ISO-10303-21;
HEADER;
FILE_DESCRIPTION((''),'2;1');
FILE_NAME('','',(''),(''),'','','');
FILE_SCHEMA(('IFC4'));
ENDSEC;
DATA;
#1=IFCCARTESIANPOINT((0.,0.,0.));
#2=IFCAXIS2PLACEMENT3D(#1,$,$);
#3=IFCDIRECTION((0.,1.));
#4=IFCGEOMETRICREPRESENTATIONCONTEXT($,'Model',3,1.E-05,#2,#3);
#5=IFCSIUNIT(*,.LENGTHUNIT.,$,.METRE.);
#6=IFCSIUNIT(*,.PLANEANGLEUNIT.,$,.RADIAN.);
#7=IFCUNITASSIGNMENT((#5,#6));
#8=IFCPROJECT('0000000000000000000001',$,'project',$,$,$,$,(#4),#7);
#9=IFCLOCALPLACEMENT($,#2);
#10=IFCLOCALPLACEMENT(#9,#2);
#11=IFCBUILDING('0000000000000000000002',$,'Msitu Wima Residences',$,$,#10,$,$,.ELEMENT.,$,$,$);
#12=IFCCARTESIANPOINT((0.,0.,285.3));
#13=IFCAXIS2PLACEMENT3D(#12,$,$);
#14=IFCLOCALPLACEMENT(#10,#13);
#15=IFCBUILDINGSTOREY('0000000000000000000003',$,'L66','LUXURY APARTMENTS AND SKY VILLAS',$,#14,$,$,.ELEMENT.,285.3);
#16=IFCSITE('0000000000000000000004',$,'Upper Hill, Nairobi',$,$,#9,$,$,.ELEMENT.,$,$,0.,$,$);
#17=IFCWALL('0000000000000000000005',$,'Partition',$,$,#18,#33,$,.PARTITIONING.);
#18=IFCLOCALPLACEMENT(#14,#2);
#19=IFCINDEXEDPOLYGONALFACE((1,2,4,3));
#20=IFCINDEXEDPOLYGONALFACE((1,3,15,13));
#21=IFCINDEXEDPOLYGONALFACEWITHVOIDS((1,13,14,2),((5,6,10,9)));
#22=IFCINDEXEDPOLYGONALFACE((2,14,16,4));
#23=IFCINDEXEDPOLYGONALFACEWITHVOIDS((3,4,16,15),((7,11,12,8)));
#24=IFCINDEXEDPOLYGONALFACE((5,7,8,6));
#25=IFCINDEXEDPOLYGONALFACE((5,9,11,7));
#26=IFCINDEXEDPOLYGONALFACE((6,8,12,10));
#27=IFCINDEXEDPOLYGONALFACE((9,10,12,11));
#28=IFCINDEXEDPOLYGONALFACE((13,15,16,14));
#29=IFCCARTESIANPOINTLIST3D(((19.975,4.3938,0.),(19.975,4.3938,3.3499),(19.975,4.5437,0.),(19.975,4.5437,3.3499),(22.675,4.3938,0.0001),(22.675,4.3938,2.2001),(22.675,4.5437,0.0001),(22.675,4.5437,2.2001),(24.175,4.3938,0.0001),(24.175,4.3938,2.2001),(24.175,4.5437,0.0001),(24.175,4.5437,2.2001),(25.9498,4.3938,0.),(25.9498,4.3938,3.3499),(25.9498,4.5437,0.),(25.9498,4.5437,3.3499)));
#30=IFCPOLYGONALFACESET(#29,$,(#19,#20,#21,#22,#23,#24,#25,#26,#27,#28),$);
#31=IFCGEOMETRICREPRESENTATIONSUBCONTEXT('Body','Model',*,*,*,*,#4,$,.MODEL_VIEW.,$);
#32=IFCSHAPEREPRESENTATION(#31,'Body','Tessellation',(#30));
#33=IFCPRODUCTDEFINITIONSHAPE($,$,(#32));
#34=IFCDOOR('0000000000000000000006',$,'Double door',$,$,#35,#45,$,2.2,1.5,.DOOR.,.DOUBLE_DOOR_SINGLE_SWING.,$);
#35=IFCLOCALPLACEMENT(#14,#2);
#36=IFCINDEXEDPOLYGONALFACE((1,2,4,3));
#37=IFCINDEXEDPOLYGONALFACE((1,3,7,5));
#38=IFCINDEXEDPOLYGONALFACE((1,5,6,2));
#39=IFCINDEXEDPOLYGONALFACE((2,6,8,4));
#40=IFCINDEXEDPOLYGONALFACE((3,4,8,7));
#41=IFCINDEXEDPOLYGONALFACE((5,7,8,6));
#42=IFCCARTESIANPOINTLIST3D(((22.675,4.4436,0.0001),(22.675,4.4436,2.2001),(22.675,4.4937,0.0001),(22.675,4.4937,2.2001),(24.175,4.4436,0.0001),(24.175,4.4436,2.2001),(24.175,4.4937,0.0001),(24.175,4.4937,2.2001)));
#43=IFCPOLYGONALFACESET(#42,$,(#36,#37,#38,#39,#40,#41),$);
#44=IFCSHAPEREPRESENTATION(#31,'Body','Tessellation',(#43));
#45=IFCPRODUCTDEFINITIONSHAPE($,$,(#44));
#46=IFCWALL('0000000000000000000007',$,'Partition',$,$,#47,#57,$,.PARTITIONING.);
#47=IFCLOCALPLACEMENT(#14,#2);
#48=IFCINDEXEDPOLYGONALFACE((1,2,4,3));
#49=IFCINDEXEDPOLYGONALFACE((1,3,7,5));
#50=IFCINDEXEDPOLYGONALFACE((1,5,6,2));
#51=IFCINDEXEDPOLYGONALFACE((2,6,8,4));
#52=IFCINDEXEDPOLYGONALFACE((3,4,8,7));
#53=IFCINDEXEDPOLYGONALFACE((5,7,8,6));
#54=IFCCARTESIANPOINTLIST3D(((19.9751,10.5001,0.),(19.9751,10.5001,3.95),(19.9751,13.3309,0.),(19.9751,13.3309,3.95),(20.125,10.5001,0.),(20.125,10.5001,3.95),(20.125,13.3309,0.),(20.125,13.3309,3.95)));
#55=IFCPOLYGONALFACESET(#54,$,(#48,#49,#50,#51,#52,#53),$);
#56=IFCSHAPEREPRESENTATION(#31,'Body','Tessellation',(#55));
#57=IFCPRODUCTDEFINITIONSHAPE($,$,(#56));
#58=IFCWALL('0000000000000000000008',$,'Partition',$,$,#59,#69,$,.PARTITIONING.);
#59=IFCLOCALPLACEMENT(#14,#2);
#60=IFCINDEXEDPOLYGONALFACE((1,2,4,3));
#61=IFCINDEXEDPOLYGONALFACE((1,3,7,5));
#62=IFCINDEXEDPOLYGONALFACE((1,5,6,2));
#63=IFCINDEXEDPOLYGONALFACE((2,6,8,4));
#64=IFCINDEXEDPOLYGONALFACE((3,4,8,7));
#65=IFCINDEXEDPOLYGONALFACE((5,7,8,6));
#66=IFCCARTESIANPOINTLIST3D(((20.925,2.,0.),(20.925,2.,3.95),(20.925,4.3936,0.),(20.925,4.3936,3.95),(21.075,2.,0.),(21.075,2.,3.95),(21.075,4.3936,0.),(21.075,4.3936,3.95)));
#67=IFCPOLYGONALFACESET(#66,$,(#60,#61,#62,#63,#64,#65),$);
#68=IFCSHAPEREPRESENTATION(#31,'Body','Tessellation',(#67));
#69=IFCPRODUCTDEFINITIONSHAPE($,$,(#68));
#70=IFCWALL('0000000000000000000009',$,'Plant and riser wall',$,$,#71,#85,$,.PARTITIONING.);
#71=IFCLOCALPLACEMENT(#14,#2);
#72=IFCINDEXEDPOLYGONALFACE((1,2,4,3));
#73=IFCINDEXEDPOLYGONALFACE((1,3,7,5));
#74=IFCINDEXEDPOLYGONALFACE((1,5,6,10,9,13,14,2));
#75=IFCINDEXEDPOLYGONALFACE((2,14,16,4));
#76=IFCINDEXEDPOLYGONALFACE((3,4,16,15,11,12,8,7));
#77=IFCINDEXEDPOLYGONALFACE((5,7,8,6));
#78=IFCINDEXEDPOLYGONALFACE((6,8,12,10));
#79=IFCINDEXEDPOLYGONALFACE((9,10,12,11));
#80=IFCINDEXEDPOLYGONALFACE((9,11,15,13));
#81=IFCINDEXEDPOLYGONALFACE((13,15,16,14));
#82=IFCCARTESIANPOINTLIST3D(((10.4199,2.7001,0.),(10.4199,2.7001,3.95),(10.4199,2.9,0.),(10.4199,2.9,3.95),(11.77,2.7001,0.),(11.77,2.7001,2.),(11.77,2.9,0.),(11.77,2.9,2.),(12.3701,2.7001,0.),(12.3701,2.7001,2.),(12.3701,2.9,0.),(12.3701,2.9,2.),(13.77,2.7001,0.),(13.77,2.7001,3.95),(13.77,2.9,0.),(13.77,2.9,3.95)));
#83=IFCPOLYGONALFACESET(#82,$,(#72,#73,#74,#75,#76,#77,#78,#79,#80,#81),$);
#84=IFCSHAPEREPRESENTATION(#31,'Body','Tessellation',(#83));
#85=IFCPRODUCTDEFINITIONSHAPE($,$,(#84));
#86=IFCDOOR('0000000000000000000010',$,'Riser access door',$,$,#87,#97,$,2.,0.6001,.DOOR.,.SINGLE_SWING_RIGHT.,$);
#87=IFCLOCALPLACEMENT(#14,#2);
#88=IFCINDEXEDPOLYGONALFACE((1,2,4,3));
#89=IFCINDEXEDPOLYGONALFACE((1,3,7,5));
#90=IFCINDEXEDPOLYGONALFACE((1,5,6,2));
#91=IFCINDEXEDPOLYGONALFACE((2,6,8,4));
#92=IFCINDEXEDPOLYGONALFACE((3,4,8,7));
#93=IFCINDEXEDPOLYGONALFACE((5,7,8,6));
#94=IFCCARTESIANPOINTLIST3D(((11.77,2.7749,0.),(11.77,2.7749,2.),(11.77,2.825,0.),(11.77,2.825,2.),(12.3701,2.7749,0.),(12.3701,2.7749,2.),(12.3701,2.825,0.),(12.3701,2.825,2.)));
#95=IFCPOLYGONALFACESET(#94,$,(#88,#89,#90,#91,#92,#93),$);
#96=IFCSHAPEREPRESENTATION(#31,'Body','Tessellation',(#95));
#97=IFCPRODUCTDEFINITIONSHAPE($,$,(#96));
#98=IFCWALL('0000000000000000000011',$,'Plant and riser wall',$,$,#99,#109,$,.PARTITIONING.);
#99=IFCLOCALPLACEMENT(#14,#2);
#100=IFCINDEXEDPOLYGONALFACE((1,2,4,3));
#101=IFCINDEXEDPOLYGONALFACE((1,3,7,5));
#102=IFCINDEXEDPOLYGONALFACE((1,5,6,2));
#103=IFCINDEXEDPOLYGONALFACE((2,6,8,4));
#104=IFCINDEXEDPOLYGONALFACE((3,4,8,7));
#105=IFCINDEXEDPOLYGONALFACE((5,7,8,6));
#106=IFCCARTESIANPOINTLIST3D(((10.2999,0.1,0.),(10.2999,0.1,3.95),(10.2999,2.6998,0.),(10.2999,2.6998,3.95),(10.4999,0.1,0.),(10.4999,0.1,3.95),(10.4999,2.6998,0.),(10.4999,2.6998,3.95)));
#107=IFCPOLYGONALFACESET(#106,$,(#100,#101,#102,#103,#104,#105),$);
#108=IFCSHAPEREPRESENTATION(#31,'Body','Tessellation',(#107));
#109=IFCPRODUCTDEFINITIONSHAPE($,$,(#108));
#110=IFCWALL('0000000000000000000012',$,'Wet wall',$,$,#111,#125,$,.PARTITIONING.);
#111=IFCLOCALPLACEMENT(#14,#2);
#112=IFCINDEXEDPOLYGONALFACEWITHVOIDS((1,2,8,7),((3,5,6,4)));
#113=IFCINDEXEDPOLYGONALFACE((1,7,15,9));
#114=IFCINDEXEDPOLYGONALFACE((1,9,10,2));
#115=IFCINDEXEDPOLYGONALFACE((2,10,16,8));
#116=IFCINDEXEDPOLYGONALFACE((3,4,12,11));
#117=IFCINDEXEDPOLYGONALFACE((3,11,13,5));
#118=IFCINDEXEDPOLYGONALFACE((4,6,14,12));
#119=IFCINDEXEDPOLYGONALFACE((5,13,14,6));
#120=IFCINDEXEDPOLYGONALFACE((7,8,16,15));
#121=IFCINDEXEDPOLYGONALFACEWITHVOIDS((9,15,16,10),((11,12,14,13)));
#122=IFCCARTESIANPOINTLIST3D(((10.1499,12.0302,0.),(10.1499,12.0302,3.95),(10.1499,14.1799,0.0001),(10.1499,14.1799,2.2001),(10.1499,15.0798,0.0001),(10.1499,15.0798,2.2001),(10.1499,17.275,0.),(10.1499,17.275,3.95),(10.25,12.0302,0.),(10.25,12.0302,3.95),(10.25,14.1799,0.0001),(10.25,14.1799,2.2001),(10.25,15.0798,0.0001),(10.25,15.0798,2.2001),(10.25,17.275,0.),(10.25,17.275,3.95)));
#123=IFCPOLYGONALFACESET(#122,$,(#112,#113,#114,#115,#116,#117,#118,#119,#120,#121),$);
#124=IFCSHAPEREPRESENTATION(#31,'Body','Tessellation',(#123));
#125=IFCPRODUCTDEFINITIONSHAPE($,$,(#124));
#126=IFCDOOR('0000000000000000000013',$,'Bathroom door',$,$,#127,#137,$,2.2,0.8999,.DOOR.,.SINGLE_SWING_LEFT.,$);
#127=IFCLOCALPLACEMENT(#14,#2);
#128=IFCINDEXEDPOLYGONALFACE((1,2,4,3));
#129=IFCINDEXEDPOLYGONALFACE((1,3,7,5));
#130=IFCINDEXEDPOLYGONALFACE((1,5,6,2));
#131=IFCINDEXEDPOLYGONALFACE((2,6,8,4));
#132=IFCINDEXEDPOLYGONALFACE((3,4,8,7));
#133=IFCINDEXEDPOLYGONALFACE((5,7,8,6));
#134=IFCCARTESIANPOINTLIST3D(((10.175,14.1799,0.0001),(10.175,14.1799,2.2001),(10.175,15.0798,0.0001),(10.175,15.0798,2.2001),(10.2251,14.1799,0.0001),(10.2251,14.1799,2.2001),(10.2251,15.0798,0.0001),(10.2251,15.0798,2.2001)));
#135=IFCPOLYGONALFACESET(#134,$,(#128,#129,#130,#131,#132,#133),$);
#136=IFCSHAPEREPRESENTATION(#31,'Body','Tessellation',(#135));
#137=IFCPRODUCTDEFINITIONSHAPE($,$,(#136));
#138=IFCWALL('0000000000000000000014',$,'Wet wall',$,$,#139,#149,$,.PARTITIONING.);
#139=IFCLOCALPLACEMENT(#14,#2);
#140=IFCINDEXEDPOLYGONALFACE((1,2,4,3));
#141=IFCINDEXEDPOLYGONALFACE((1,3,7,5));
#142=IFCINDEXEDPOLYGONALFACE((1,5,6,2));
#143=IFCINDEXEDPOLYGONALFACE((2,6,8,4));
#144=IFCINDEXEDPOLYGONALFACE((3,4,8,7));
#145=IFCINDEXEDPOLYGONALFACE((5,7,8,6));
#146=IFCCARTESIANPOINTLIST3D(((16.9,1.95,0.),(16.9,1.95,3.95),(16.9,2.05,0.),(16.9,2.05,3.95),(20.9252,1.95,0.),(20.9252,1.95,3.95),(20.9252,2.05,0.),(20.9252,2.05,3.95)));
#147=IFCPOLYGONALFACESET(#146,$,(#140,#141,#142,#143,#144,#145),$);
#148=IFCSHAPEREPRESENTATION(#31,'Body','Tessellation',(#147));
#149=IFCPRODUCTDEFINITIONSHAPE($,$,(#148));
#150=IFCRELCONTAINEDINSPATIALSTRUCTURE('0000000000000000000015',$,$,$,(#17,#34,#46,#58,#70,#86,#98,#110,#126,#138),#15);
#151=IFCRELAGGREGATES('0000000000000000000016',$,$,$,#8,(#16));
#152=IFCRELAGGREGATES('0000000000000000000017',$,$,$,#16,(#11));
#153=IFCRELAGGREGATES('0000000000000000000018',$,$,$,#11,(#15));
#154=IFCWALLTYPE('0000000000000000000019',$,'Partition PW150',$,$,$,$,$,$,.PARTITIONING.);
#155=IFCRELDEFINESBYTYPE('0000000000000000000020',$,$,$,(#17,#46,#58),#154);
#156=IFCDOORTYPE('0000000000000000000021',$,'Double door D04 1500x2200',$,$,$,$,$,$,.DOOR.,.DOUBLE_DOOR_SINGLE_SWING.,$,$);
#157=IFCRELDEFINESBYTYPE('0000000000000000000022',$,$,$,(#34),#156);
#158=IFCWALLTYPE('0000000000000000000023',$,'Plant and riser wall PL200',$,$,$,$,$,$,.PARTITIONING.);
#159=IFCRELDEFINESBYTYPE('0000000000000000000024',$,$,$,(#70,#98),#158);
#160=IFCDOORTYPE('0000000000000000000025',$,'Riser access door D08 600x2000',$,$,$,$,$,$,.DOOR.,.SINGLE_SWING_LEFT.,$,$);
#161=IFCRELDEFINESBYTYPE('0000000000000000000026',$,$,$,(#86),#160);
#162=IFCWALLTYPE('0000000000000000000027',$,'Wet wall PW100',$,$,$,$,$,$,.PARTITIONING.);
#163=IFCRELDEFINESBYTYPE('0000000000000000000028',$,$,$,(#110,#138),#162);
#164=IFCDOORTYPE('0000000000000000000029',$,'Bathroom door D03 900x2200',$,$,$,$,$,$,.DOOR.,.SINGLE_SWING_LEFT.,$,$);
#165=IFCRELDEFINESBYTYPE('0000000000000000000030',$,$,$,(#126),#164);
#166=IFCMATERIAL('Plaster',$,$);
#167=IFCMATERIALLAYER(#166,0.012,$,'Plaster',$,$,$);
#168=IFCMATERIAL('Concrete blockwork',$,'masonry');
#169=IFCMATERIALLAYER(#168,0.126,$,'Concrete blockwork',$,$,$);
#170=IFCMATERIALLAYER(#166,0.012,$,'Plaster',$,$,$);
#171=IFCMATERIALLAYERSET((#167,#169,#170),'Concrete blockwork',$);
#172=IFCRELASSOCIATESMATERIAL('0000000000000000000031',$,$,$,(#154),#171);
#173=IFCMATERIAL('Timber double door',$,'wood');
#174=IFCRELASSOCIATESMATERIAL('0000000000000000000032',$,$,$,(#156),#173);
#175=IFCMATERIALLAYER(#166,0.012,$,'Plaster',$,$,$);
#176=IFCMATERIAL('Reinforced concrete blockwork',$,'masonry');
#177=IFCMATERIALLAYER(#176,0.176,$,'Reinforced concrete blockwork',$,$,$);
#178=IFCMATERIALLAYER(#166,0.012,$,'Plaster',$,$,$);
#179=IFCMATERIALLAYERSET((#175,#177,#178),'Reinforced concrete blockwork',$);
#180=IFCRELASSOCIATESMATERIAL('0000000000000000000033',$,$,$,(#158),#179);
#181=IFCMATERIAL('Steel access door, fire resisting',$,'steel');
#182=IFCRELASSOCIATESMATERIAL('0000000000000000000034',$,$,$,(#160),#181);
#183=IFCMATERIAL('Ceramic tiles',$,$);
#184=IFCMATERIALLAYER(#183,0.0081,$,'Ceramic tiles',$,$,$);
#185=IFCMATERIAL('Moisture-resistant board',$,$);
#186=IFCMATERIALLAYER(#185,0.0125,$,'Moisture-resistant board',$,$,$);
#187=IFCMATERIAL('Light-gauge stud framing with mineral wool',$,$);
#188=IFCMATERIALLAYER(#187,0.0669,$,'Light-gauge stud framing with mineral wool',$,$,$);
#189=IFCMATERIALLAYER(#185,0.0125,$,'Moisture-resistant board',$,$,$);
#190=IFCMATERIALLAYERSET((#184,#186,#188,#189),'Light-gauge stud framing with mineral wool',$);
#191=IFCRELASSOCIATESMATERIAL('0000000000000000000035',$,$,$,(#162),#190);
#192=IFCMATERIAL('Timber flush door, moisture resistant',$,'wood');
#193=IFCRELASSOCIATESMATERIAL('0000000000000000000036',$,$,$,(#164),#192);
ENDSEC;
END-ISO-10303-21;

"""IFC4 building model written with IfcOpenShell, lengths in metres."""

from ifc_helpers import new_model, si_unit, direction, frame, frame_2d, origin, place, context, subcontext, project, spatial, rectangle, extrude, material, layer, layer_set, type_object, element, fill, save


model = new_model("IFC4")

# Units and contexts
model_context = context("Model", 3, precision=1e-05, world=origin(), true_north=direction((0.0, 1.0)))
body_context = subcontext(model_context, "Body", "Model", "MODEL_VIEW")
ifc_project = project(units=[si_unit("LENGTHUNIT", "METRE"), si_unit("PLANEANGLEUNIT", "RADIAN")], contexts=[model_context])

# Site, building, storey
site_placement = place(None, origin())
site = spatial("IfcSite", under=ifc_project, at=site_placement, Name="Upper Hill, Nairobi", CompositionType="ELEMENT", RefElevation=0.0)
building_placement = place(site_placement, origin())
building = spatial("IfcBuilding", under=site, at=building_placement, Name="Msitu Wima Residences", CompositionType="ELEMENT")
storey_placement = place(building_placement, frame((0.0, 0.0, 285.3)))
storey = spatial("IfcBuildingStorey", under=building, at=storey_placement, Name="L66", Description="LUXURY APARTMENTS AND SKY VILLAS", CompositionType="ELEMENT", Elevation=285.3)

# Wall, opening, door
ifc_material_1 = material(Name="Plaster")
ifc_layer_1 = layer(ifc_material_1, 0.012, Name="Plaster")
ifc_material_2 = material(Name="Concrete blockwork", Category="masonry")
ifc_layer_2 = layer(ifc_material_2, 0.126, Name="Concrete blockwork")
ifc_layer_3 = layer(ifc_material_1, 0.012, Name="Plaster")
ifc_layer_set_1 = layer_set([ifc_layer_1, ifc_layer_2, ifc_layer_3], Name="Concrete blockwork")
wall_type_1 = type_object("IfcWallType", Name="Partition PW150", PredefinedType="PARTITIONING", material=ifc_layer_set_1)
wall_1_placement = place(storey_placement, frame((19.9751, 4.4688, 0.0), z_axis=(0.0, 0.0, 1.0), x_axis=(1.0, 0.0, 0.0)))
wall_1 = element("IfcWall", 1, at=wall_1_placement, inside=storey, type_object=wall_type_1, Name="Partition", PredefinedType="PARTITIONING", context=body_context, shape_type="SweptSolid", body=[
    extrude(rectangle(XDim=5.9749, YDim=0.1499, at=frame_2d((2.9873, 0.0))), origin(), (0.0, 0.0, 1.0), 3.3499),
])
opening_1_placement = place(wall_1_placement, frame((2.7, 0.0, 0.0)))
opening_1 = element("IfcOpeningElement", 2, at=opening_1_placement, cuts=wall_1, PredefinedType="OPENING", context=body_context, shape_type="SweptSolid", body=[
    extrude(rectangle(XDim=1.5, YDim=2.2, at=frame_2d((0.75, 1.1001))), frame((0.0, 0.085, 0.0), z_axis=(0.0, -1.0, 0.0), x_axis=(1.0, 0.0, 0.0)), (0.0, 0.0, 1.0), 0.1699),
])
ifc_material_3 = material(Name="Timber double door", Category="wood")
door_type_1 = type_object("IfcDoorType", Name="Double door D04 1500x2200", OperationType="DOUBLE_DOOR_SINGLE_SWING", PredefinedType="DOOR", material=ifc_material_3)
door_1_placement = place(opening_1_placement, origin())
door_1 = element("IfcDoor", 3, at=door_1_placement, inside=storey, type_object=door_type_1, Name="Double door", OperationType="DOUBLE_DOOR_SINGLE_SWING", OverallHeight=2.2, OverallWidth=1.5, PredefinedType="DOOR", context=body_context, shape_type="SweptSolid", body=[
    extrude(rectangle(XDim=1.5, YDim=2.2, at=frame_2d((0.75, 1.1001))), frame((0.0, 0.0249, 0.0), z_axis=(0.0, -1.0, 0.0), x_axis=(1.0, 0.0, 0.0)), (0.0, 0.0, 1.0), 0.05),
])
fill(opening_1, door_1)

# Walls
wall_2_placement = place(storey_placement, frame((20.05, 10.5, 0.0), z_axis=(0.0, 0.0, 1.0), x_axis=(0.0, 1.0, 0.0)))
element("IfcWall", 4, at=wall_2_placement, inside=storey, type_object=wall_type_1, Name="Partition", PredefinedType="PARTITIONING", context=body_context, shape_type="SweptSolid", body=[
    extrude(rectangle(XDim=2.8308, YDim=0.1499, at=frame_2d((1.4155, 0.0))), origin(), (0.0, 0.0, 1.0), 3.95),
])
wall_3_placement = place(storey_placement, frame((21.0, 2.0, 0.0), z_axis=(0.0, 0.0, 1.0), x_axis=(0.0, 1.0, 0.0)))
element("IfcWall", 5, at=wall_3_placement, inside=storey, type_object=wall_type_1, Name="Partition", PredefinedType="PARTITIONING", context=body_context, shape_type="SweptSolid", body=[
    extrude(rectangle(XDim=2.3936, YDim=0.1499, at=frame_2d((1.1968, 0.0))), origin(), (0.0, 0.0, 1.0), 3.95),
])

# Wall, opening, door
ifc_layer_4 = layer(ifc_material_1, 0.012, Name="Plaster")
ifc_material_4 = material(Name="Reinforced concrete blockwork", Category="masonry")
ifc_layer_5 = layer(ifc_material_4, 0.176, Name="Reinforced concrete blockwork")
ifc_layer_6 = layer(ifc_material_1, 0.012, Name="Plaster")
ifc_layer_set_2 = layer_set([ifc_layer_4, ifc_layer_5, ifc_layer_6], Name="Reinforced concrete blockwork")
wall_type_2 = type_object("IfcWallType", Name="Plant and riser wall PL200", PredefinedType="PARTITIONING", material=ifc_layer_set_2)
wall_4_placement = place(storey_placement, frame((10.4199, 2.8, 0.0), z_axis=(0.0, 0.0, 1.0), x_axis=(1.0, 0.0, 0.0)))
wall_4 = element("IfcWall", 6, at=wall_4_placement, inside=storey, type_object=wall_type_2, Name="Plant and riser wall", PredefinedType="PARTITIONING", context=body_context, shape_type="SweptSolid", body=[
    extrude(rectangle(XDim=3.3501, YDim=0.2, at=frame_2d((1.675, 0.0))), origin(), (0.0, 0.0, 1.0), 3.95),
])
opening_2_placement = place(wall_4_placement, frame((1.3501, 0.0, 0.0)))
opening_2 = element("IfcOpeningElement", 7, at=opening_2_placement, cuts=wall_4, PredefinedType="OPENING", context=body_context, shape_type="SweptSolid", body=[
    extrude(rectangle(XDim=0.6001, YDim=2.0, at=frame_2d((0.3, 1.0))), frame((0.0, 0.1099, 0.0), z_axis=(0.0, -1.0, 0.0), x_axis=(1.0, 0.0, 0.0)), (0.0, 0.0, 1.0), 0.22),
])
ifc_material_5 = material(Name="Steel access door, fire resisting", Category="steel")
door_type_2 = type_object("IfcDoorType", Name="Riser access door D08 600x2000", OperationType="SINGLE_SWING_LEFT", PredefinedType="DOOR", material=ifc_material_5)
door_2_placement = place(opening_2_placement, origin())
door_2 = element("IfcDoor", 8, at=door_2_placement, inside=storey, type_object=door_type_2, Name="Riser access door", OperationType="SINGLE_SWING_RIGHT", OverallHeight=2.0, OverallWidth=0.6001, PredefinedType="DOOR", context=body_context, shape_type="SweptSolid", body=[
    extrude(rectangle(XDim=0.6001, YDim=2.0, at=frame_2d((0.3, 1.0))), frame((0.0, 0.0249, 0.0), z_axis=(0.0, -1.0, 0.0), x_axis=(1.0, 0.0, 0.0)), (0.0, 0.0, 1.0), 0.05),
])
fill(opening_2, door_2)

# Wall
wall_5_placement = place(storey_placement, frame((10.3999, 0.1001, 0.0), z_axis=(0.0, 0.0, 1.0), x_axis=(0.0, 1.0, 0.0)))
element("IfcWall", 9, at=wall_5_placement, inside=storey, type_object=wall_type_2, Name="Plant and riser wall", PredefinedType="PARTITIONING", context=body_context, shape_type="SweptSolid", body=[
    extrude(rectangle(XDim=2.5999, YDim=0.2, at=frame_2d((1.2998, 0.0))), origin(), (0.0, 0.0, 1.0), 3.95),
])

# Wall, opening, door
ifc_material_6 = material(Name="Ceramic tiles")
ifc_layer_7 = layer(ifc_material_6, 0.0081, Name="Ceramic tiles")
ifc_material_7 = material(Name="Moisture-resistant board")
ifc_layer_8 = layer(ifc_material_7, 0.0125, Name="Moisture-resistant board")
ifc_material_8 = material(Name="Light-gauge stud framing with mineral wool")
ifc_layer_9 = layer(ifc_material_8, 0.0669, Name="Light-gauge stud framing with mineral wool")
ifc_layer_10 = layer(ifc_material_7, 0.0125, Name="Moisture-resistant board")
ifc_layer_set_3 = layer_set([ifc_layer_7, ifc_layer_8, ifc_layer_9, ifc_layer_10], Name="Light-gauge stud framing with mineral wool")
wall_type_3 = type_object("IfcWallType", Name="Wet wall PW100", PredefinedType="PARTITIONING", material=ifc_layer_set_3)
wall_6_placement = place(storey_placement, frame((10.2, 12.03, 0.0), z_axis=(0.0, 0.0, 1.0), x_axis=(0.0, 1.0, 0.0)))
wall_6 = element("IfcWall", 10, at=wall_6_placement, inside=storey, type_object=wall_type_3, Name="Wet wall", PredefinedType="PARTITIONING", context=body_context, shape_type="SweptSolid", body=[
    extrude(rectangle(XDim=5.2449, YDim=0.1001, at=frame_2d((2.6226, 0.0))), origin(), (0.0, 0.0, 1.0), 3.95),
])
opening_3_placement = place(wall_6_placement, frame((2.1499, 0.0, 0.0)))
opening_3 = element("IfcOpeningElement", 11, at=opening_3_placement, cuts=wall_6, PredefinedType="OPENING", context=body_context, shape_type="SweptSolid", body=[
    extrude(rectangle(XDim=0.8999, YDim=2.2, at=frame_2d((0.45, 1.1001))), frame((0.0, 0.0601, 0.0), z_axis=(0.0, -1.0, 0.0), x_axis=(1.0, 0.0, 0.0)), (0.0, 0.0, 1.0), 0.1201),
])
ifc_material_9 = material(Name="Timber flush door, moisture resistant", Category="wood")
door_type_3 = type_object("IfcDoorType", Name="Bathroom door D03 900x2200", OperationType="SINGLE_SWING_LEFT", PredefinedType="DOOR", material=ifc_material_9)
door_3_placement = place(opening_3_placement, origin())
door_3 = element("IfcDoor", 12, at=door_3_placement, inside=storey, type_object=door_type_3, Name="Bathroom door", OperationType="SINGLE_SWING_LEFT", OverallHeight=2.2, OverallWidth=0.8999, PredefinedType="DOOR", context=body_context, shape_type="SweptSolid", body=[
    extrude(rectangle(XDim=0.8999, YDim=2.2, at=frame_2d((0.45, 1.1001))), frame((0.0, 0.0249, 0.0), z_axis=(0.0, -1.0, 0.0), x_axis=(1.0, 0.0, 0.0)), (0.0, 0.0, 1.0), 0.05),
])
fill(opening_3, door_3)

# Wall
wall_7_placement = place(storey_placement, frame((16.8999, 2.0, 0.0), z_axis=(0.0, 0.0, 1.0), x_axis=(1.0, 0.0, 0.0)))
element("IfcWall", 13, at=wall_7_placement, inside=storey, type_object=wall_type_3, Name="Wet wall", PredefinedType="PARTITIONING", context=body_context, shape_type="SweptSolid", body=[
    extrude(rectangle(XDim=4.0251, YDim=0.1001, at=frame_2d((2.0127, 0.0))), origin(), (0.0, 0.0, 1.0), 3.95),
])

save(model, "model.ifc")
